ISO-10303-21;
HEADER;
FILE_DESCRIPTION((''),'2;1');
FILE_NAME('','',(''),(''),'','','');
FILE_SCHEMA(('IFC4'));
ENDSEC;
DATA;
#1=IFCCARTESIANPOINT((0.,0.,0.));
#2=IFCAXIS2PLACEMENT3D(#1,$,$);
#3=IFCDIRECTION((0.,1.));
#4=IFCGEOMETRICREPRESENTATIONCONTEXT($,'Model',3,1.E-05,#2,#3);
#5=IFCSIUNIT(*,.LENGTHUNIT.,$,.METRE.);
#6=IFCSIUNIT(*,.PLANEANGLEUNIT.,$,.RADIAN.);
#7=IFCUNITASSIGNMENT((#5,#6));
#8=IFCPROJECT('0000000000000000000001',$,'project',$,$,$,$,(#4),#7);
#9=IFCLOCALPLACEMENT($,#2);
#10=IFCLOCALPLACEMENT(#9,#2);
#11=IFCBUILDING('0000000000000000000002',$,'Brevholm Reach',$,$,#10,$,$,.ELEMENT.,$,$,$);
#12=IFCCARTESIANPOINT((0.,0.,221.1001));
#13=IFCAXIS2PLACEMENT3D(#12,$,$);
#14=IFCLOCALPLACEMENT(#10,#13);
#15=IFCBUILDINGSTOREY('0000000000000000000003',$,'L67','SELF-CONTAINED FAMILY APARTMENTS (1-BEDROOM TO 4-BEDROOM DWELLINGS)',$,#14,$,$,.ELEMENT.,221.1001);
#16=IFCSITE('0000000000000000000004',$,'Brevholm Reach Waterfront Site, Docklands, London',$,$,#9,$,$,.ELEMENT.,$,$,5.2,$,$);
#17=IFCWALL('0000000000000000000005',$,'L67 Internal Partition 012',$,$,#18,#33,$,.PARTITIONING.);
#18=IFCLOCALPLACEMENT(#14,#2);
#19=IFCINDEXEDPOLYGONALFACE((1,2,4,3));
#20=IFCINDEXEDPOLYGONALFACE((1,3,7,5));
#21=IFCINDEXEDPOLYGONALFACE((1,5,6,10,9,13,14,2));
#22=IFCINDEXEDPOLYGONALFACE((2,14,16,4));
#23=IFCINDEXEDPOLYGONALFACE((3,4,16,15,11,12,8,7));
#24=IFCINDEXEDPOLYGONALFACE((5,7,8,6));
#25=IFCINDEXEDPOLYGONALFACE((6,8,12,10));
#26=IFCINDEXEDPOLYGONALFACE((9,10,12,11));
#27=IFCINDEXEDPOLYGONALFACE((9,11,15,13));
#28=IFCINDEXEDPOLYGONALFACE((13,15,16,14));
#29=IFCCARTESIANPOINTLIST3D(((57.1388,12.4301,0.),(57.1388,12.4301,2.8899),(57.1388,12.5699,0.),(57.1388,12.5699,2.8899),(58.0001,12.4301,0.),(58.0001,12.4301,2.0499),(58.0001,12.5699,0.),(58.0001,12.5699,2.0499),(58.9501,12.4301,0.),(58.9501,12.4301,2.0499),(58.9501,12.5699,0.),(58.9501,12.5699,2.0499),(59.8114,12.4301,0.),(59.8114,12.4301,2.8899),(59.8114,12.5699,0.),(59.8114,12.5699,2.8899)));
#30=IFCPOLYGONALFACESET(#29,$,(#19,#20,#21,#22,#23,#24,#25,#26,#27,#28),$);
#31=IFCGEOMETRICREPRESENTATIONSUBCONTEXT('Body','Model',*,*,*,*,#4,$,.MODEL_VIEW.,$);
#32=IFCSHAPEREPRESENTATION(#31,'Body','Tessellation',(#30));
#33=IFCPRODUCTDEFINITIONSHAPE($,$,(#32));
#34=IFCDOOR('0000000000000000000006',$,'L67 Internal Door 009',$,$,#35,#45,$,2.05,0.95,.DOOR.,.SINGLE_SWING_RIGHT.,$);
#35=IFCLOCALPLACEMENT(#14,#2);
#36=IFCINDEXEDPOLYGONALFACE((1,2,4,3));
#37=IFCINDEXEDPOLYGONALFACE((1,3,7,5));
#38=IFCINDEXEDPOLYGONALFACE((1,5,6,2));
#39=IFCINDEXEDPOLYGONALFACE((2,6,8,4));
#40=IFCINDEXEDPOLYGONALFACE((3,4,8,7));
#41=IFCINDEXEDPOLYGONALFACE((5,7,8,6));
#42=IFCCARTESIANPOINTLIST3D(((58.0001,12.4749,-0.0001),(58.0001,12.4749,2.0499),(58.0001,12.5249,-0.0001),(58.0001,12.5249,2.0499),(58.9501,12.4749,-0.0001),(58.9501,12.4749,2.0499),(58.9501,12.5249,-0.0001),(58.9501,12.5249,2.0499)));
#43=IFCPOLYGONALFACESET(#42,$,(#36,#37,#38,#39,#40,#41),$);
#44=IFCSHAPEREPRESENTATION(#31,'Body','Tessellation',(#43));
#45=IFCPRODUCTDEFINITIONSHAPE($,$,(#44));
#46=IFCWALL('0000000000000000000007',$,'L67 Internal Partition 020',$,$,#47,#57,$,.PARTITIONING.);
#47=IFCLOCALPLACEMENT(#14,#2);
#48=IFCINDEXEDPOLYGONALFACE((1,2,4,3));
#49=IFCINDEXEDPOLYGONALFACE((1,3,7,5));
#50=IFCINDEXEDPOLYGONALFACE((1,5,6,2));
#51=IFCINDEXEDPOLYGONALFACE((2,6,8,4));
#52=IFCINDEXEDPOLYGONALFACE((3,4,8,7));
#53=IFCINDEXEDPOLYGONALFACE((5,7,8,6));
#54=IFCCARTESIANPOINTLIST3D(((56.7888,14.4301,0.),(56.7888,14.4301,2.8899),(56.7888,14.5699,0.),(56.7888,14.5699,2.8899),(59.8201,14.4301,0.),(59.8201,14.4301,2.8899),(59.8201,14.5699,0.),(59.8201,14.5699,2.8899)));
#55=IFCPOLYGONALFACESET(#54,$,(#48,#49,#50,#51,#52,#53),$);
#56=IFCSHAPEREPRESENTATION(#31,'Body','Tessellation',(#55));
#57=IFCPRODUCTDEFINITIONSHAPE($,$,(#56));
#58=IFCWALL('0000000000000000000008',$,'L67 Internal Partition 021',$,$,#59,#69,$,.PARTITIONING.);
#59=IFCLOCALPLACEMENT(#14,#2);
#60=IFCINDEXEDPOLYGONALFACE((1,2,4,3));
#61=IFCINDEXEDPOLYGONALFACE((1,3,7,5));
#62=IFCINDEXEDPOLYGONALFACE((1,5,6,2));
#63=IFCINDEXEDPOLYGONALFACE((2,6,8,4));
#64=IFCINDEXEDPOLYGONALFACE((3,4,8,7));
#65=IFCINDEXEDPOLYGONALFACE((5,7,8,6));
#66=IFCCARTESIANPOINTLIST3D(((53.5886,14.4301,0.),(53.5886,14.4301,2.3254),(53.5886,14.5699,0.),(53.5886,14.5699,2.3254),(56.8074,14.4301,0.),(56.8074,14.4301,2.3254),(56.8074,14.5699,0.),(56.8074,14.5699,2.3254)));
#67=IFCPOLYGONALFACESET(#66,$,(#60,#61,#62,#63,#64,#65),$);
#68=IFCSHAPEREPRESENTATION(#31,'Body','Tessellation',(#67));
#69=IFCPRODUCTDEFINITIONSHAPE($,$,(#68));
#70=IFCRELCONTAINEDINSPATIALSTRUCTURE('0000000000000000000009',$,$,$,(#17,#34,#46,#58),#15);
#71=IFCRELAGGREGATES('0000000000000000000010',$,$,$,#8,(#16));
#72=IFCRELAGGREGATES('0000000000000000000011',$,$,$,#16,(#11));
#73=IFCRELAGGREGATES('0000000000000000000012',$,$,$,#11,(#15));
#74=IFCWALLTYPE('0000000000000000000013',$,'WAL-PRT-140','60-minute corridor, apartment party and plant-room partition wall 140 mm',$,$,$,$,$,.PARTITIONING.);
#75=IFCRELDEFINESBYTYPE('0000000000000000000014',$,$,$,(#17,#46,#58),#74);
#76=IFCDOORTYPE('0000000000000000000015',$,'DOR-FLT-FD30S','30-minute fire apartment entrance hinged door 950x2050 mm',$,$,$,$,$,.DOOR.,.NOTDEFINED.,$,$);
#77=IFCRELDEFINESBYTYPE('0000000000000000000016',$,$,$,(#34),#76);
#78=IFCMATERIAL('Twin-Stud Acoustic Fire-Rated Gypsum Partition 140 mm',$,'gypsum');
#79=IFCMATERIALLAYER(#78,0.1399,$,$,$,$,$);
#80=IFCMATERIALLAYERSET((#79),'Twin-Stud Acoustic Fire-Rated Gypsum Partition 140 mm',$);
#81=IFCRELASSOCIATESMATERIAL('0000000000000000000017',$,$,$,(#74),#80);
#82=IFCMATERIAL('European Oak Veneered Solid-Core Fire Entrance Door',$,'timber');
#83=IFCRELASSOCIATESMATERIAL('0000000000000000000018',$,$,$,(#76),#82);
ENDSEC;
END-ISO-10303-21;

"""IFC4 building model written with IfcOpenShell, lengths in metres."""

from ifc_helpers import new_model, si_unit, direction, frame, frame_2d, origin, place, context, subcontext, project, spatial, rectangle, extrude, material, layer, layer_set, type_object, element, fill, save


model = new_model("IFC4")

# Units and contexts
model_context = context("Model", 3, precision=1e-05, world=origin(), true_north=direction((0.0, 1.0)))
body_context = subcontext(model_context, "Body", "Model", "MODEL_VIEW")
ifc_project = project(units=[si_unit("LENGTHUNIT", "METRE"), si_unit("PLANEANGLEUNIT", "RADIAN")], contexts=[model_context])

# Site, building, storey
site_placement = place(None, origin())
site = spatial("IfcSite", under=ifc_project, at=site_placement, Name="Brevholm Reach Waterfront Site, Docklands, London", CompositionType="ELEMENT", RefElevation=5.2)
building_placement = place(site_placement, origin())
building = spatial("IfcBuilding", under=site, at=building_placement, Name="Brevholm Reach", CompositionType="ELEMENT")
storey_placement = place(building_placement, frame((0.0, 0.0, 221.1001)))
storey = spatial("IfcBuildingStorey", under=building, at=storey_placement, Name="L67", Description="SELF-CONTAINED FAMILY APARTMENTS (1-BEDROOM TO 4-BEDROOM DWELLINGS)", CompositionType="ELEMENT", Elevation=221.1001)

# Wall, opening, door
ifc_material_1 = material(Name="Twin-Stud Acoustic Fire-Rated Gypsum Partition 140 mm", Category="gypsum")
ifc_layer_1 = layer(ifc_material_1, 0.1399)
ifc_layer_set_1 = layer_set([ifc_layer_1], Name="Twin-Stud Acoustic Fire-Rated Gypsum Partition 140 mm")
wall_type_1 = type_object("IfcWallType", Name="WAL-PRT-140", Description="60-minute corridor, apartment party and plant-room partition wall 140 mm", PredefinedType="PARTITIONING", material=ifc_layer_set_1)
wall_1_placement = place(storey_placement, frame((57.1387, 12.5, 0.0), z_axis=(0.0, 0.0, 1.0), x_axis=(1.0, 0.0, 0.0)))
wall_1 = element("IfcWall", 1, at=wall_1_placement, inside=storey, type_object=wall_type_1, Name="L67 Internal Partition 012", PredefinedType="PARTITIONING", context=body_context, shape_type="SweptSolid", body=[
    extrude(rectangle(XDim=2.6726, YDim=0.1399, at=frame_2d((1.3364, 0.0))), origin(), (0.0, 0.0, 1.0), 2.8899),
])
opening_placement = place(wall_1_placement, frame((0.8613, 0.0, 0.0)))
opening = element("IfcOpeningElement", 2, at=opening_placement, cuts=wall_1, PredefinedType="OPENING", context=body_context, shape_type="SweptSolid", body=[
    extrude(rectangle(XDim=0.95, YDim=2.05, at=frame_2d((0.4751, 1.0249))), frame((0.0, 0.0798, 0.0), z_axis=(0.0, -1.0, 0.0), x_axis=(1.0, 0.0, 0.0)), (0.0, 0.0, 1.0), 0.1599),
])
ifc_material_2 = material(Name="European Oak Veneered Solid-Core Fire Entrance Door", Category="timber")
door_type = type_object("IfcDoorType", Name="DOR-FLT-FD30S", Description="30-minute fire apartment entrance hinged door 950x2050 mm", OperationType="NOTDEFINED", PredefinedType="DOOR", material=ifc_material_2)
door_placement = place(opening_placement, origin())
door = element("IfcDoor", 3, at=door_placement, inside=storey, type_object=door_type, Name="L67 Internal Door 009", OperationType="SINGLE_SWING_RIGHT", OverallHeight=2.05, OverallWidth=0.95, PredefinedType="DOOR", context=body_context, shape_type="SweptSolid", body=[
    extrude(rectangle(XDim=0.95, YDim=2.05, at=frame_2d((0.4751, 1.0249))), frame((0.0, 0.0249, 0.0), z_axis=(0.0, -1.0, 0.0), x_axis=(1.0, 0.0, 0.0)), (0.0, 0.0, 1.0), 0.05),
])
fill(opening, door)

# Walls
wall_2_placement = place(storey_placement, frame((56.7888, 14.5, 0.0), z_axis=(0.0, 0.0, 1.0), x_axis=(1.0, 0.0, 0.0)))
element("IfcWall", 4, at=wall_2_placement, inside=storey, type_object=wall_type_1, Name="L67 Internal Partition 020", PredefinedType="PARTITIONING", context=body_context, shape_type="SweptSolid", body=[
    extrude(rectangle(XDim=3.0312, YDim=0.1399, at=frame_2d((1.5156, 0.0))), origin(), (0.0, 0.0, 1.0), 2.8899),
])
wall_3_placement = place(storey_placement, frame((53.5886, 14.5, 0.0), z_axis=(0.0, 0.0, 1.0), x_axis=(1.0, 0.0, 0.0)))
element("IfcWall", 5, at=wall_3_placement, inside=storey, type_object=wall_type_1, Name="L67 Internal Partition 021", PredefinedType="PARTITIONING", context=body_context, shape_type="SweptSolid", body=[
    extrude(rectangle(XDim=3.2188, YDim=0.1399, at=frame_2d((1.6094, 0.0))), origin(), (0.0, 0.0, 1.0), 2.3254),
])

save(model, "model.ifc")
